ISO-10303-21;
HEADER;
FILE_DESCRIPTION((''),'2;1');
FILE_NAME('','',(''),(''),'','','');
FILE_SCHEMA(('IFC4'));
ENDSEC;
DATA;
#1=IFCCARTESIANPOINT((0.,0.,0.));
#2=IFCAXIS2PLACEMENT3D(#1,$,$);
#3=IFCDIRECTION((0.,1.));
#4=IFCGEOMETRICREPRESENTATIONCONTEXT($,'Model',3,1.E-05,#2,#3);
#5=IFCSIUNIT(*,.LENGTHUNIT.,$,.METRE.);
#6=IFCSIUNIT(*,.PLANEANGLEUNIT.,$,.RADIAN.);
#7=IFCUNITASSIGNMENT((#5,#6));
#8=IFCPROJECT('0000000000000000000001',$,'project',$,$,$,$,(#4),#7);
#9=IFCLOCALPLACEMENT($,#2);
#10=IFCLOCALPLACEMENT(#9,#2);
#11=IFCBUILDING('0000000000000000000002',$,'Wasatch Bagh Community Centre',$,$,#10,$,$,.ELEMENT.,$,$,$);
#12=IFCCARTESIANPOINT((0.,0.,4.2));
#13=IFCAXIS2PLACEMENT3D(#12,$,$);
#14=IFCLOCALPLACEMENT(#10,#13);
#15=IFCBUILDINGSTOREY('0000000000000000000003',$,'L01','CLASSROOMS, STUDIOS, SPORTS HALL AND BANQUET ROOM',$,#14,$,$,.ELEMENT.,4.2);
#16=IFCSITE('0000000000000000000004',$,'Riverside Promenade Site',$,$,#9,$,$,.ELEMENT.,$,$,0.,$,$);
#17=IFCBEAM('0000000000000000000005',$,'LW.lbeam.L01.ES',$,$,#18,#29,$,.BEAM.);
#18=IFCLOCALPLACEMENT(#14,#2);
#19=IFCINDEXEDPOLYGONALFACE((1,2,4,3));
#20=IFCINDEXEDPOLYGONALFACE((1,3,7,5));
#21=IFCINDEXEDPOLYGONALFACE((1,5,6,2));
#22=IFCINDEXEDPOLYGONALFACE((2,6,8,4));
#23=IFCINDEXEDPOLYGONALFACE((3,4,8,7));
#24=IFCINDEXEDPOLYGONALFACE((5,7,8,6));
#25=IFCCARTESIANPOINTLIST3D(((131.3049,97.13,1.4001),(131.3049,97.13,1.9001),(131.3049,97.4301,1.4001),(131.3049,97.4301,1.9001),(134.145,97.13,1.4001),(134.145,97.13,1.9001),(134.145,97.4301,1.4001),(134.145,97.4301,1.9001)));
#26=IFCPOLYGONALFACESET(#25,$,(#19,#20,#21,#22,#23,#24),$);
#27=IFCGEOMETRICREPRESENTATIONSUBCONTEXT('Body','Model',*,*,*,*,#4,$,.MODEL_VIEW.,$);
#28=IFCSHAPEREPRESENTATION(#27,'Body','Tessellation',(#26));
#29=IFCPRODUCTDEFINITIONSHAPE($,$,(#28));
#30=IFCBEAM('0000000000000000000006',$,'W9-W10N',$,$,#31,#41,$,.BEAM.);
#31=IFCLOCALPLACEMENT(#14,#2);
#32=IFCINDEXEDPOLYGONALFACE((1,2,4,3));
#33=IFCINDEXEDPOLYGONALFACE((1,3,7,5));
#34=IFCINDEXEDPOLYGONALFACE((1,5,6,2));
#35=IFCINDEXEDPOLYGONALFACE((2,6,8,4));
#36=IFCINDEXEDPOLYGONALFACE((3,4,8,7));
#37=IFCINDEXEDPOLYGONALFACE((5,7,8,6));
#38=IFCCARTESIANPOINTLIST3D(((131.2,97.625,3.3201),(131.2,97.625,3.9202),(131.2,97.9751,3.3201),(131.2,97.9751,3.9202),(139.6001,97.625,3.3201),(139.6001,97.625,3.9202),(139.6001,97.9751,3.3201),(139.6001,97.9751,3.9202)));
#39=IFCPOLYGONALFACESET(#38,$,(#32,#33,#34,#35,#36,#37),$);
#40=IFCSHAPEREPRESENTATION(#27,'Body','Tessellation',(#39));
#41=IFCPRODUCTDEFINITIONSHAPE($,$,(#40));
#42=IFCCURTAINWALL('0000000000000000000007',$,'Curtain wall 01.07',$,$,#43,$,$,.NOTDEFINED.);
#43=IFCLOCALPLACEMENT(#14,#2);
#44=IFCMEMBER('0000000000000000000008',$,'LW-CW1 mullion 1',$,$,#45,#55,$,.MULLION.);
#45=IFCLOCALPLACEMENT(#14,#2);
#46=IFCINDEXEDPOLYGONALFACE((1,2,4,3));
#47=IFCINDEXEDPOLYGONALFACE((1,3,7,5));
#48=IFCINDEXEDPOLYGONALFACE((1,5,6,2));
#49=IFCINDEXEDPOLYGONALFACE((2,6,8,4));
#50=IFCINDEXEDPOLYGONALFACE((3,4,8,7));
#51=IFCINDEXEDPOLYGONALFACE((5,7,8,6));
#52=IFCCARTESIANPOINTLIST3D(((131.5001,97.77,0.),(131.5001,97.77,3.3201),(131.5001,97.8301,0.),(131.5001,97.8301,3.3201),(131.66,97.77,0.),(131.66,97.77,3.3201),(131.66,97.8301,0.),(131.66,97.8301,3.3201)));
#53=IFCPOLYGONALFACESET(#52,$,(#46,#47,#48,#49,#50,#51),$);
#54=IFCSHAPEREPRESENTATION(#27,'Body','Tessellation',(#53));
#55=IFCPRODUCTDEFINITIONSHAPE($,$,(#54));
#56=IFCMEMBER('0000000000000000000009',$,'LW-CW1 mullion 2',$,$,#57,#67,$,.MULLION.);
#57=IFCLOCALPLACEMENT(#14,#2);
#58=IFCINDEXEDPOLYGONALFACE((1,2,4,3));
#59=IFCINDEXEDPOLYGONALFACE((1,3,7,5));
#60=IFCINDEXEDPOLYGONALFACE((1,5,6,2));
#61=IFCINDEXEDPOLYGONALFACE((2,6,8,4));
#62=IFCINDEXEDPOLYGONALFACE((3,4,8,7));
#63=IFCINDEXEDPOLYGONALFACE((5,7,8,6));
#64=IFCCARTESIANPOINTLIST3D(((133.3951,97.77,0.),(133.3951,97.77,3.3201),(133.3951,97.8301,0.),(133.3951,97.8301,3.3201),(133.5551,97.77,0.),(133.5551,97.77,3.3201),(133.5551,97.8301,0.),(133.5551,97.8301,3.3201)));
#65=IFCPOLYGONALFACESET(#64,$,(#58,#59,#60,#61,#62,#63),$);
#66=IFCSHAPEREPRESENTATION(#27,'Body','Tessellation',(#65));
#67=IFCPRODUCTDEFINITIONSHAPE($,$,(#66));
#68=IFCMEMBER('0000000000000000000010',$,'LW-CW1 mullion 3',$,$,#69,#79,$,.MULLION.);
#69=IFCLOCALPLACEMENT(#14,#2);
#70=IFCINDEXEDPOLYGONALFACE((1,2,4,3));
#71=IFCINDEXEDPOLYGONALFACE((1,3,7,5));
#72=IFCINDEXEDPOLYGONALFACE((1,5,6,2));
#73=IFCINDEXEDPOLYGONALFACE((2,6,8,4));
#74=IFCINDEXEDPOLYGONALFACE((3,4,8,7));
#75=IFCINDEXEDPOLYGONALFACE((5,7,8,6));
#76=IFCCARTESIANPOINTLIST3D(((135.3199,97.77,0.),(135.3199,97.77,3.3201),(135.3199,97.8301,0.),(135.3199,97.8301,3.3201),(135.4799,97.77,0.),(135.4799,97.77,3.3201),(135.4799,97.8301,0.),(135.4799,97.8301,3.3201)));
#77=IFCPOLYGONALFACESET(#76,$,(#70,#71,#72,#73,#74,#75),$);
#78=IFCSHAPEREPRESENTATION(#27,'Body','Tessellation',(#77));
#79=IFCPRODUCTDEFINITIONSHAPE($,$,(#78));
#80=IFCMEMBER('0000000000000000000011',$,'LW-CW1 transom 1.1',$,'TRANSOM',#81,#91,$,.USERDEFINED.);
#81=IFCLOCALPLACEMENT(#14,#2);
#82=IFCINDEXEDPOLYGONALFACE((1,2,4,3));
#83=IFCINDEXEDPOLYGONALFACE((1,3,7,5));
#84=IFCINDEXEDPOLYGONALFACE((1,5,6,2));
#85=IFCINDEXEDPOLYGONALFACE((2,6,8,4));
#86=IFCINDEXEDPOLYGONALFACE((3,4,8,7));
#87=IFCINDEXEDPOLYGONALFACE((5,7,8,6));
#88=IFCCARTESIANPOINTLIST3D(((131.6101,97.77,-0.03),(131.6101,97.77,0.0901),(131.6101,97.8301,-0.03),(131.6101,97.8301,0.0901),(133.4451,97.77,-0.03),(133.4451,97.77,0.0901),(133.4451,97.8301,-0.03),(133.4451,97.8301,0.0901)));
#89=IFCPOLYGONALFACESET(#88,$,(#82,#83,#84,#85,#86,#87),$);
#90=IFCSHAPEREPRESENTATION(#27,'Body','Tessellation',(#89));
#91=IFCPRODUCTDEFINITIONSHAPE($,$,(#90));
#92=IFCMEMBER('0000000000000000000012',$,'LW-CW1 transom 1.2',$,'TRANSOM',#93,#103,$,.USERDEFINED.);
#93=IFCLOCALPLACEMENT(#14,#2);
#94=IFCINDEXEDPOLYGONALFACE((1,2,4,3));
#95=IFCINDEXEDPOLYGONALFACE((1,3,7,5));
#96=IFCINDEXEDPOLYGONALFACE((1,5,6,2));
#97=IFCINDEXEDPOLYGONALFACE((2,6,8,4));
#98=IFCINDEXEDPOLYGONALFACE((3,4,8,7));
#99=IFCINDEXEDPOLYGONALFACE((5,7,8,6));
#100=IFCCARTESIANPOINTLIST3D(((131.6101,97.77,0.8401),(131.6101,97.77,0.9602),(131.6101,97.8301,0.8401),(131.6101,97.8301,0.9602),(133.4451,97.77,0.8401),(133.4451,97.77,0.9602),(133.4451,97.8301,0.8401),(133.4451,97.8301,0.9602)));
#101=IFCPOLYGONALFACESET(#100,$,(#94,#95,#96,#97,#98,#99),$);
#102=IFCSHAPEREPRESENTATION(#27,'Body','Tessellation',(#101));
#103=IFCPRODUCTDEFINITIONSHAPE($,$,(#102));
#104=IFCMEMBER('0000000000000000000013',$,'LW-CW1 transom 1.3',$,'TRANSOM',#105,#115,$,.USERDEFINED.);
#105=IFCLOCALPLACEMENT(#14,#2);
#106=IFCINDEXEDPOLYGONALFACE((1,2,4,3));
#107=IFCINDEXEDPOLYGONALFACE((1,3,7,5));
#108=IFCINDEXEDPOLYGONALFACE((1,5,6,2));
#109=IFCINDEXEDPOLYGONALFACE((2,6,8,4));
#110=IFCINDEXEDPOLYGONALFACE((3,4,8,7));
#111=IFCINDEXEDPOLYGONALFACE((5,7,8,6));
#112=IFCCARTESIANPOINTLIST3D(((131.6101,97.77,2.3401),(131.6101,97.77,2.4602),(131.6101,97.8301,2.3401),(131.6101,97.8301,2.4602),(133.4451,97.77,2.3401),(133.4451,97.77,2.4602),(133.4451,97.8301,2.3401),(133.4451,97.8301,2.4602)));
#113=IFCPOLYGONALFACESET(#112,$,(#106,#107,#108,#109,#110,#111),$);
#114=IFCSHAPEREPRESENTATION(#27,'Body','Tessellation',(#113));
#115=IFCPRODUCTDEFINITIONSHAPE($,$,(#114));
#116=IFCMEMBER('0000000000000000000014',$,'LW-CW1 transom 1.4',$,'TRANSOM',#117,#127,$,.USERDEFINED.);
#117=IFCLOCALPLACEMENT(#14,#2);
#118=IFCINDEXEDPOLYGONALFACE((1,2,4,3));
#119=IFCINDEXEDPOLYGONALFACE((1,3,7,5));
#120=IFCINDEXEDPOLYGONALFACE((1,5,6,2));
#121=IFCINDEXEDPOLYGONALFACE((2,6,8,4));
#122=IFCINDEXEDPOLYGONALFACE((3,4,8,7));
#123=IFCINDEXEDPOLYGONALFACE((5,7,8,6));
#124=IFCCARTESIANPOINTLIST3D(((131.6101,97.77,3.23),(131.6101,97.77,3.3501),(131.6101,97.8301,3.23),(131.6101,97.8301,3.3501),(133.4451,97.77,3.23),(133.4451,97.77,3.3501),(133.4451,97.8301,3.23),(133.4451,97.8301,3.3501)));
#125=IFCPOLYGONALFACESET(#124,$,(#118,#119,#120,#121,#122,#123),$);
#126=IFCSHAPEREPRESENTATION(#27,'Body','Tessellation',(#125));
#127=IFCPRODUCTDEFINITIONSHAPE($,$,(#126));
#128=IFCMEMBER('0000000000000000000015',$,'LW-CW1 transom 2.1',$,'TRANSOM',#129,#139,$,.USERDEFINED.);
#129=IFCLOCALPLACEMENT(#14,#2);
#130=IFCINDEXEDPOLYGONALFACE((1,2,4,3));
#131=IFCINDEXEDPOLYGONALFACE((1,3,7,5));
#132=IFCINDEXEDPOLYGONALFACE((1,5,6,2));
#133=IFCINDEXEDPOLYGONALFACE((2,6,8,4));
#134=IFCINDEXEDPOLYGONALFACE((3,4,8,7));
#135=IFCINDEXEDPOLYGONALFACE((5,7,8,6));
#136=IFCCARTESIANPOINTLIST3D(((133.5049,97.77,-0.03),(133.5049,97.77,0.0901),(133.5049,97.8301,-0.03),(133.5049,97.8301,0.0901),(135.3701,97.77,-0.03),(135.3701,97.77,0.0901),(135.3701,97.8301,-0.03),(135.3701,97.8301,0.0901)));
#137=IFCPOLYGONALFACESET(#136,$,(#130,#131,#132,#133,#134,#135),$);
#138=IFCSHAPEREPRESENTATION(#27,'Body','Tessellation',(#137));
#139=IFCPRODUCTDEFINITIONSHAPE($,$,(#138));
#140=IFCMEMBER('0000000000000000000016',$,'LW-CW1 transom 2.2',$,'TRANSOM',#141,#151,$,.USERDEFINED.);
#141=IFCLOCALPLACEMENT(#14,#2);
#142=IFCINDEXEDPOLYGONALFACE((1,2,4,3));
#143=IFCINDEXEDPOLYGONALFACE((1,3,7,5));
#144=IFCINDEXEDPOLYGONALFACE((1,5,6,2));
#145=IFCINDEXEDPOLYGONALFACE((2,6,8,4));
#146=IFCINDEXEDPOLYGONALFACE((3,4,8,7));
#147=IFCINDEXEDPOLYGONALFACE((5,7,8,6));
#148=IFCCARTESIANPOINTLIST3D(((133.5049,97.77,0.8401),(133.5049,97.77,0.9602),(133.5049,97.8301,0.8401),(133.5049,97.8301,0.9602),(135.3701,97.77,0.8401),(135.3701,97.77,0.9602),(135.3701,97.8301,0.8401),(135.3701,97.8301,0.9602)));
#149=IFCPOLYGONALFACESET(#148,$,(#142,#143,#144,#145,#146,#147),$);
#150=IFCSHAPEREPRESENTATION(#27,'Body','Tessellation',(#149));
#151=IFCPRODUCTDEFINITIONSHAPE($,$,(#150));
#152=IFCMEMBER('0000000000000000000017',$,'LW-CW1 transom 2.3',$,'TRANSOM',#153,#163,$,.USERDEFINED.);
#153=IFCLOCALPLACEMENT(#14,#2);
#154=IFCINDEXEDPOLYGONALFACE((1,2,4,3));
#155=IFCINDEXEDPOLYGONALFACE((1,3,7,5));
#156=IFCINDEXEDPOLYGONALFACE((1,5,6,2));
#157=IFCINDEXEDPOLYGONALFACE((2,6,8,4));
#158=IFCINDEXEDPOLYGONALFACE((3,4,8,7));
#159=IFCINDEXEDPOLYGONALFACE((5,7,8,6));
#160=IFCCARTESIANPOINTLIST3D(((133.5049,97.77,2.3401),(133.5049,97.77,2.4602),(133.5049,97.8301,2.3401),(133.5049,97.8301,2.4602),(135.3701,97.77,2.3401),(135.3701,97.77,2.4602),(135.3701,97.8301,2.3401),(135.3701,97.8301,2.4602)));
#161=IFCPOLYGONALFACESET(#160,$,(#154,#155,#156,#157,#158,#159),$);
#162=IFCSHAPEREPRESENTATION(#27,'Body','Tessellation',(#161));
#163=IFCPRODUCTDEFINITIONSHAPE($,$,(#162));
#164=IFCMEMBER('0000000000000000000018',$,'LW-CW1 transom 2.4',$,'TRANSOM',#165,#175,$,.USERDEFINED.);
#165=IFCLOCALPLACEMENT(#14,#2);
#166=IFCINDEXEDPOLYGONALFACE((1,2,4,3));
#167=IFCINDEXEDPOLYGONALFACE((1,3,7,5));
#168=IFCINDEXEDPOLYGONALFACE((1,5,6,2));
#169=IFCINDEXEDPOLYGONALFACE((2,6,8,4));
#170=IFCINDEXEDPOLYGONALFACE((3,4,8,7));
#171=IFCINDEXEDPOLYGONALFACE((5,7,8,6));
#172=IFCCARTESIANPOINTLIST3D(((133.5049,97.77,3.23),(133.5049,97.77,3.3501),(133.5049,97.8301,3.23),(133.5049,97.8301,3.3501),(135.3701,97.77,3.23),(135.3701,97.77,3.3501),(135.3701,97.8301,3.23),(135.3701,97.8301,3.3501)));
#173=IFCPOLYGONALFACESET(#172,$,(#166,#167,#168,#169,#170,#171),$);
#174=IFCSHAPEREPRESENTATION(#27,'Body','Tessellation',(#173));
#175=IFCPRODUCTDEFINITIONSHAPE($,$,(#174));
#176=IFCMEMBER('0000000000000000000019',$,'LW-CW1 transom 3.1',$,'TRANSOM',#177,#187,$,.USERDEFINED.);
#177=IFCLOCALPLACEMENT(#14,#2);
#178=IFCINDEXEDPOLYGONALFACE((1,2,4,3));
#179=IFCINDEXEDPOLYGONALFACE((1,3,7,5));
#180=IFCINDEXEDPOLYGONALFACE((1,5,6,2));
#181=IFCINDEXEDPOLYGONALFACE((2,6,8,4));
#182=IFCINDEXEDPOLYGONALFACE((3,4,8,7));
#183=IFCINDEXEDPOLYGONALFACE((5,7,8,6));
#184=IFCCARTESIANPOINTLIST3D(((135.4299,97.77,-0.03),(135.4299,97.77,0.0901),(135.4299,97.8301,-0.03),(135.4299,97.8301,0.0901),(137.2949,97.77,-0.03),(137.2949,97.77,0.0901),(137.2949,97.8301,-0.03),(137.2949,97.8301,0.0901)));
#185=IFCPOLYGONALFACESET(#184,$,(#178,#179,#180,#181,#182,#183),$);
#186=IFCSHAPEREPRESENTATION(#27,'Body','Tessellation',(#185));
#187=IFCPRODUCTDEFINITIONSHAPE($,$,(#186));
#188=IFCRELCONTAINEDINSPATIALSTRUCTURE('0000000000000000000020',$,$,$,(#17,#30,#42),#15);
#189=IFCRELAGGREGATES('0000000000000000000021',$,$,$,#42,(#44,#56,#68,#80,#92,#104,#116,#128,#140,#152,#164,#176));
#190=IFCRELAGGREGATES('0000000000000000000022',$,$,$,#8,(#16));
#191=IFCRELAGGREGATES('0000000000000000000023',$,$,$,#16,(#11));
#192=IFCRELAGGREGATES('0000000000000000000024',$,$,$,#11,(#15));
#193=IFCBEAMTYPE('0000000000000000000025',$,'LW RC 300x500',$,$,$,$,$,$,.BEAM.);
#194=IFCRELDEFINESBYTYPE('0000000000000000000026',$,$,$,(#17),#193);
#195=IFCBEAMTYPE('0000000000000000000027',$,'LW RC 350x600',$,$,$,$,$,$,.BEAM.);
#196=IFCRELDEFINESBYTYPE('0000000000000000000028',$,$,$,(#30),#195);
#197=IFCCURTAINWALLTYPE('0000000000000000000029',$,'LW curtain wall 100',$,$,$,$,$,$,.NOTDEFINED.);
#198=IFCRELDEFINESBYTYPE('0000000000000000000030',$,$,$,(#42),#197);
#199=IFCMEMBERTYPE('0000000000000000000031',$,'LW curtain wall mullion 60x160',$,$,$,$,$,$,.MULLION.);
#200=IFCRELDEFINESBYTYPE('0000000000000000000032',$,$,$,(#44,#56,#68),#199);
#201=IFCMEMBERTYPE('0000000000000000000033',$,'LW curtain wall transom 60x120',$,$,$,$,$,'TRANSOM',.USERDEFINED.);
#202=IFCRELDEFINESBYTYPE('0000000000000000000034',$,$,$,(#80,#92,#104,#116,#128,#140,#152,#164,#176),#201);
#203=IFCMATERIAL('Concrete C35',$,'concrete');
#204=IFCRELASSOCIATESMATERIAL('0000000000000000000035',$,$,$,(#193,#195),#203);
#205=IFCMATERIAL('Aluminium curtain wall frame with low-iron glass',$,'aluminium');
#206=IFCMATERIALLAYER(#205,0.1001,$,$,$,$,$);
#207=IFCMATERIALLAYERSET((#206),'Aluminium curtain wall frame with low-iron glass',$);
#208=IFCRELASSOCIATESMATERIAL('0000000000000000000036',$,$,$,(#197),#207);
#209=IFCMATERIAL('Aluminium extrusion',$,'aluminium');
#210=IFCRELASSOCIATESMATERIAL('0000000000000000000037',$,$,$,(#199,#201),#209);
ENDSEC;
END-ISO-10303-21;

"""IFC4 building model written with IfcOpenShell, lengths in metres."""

from ifc_helpers import new_model, si_unit, direction, frame, origin, origin_2d, place, context, subcontext, project, spatial, rectangle, extrude, material, layer, layer_set, material_profile, profile_set, type_object, element, aggregate, save


model = new_model("IFC4")

# Units and contexts
model_context = context("Model", 3, precision=1e-05, world=origin(), true_north=direction((0.0, 1.0)))
body_context = subcontext(model_context, "Body", "Model", "MODEL_VIEW")
ifc_project = project(units=[si_unit("LENGTHUNIT", "METRE"), si_unit("PLANEANGLEUNIT", "RADIAN")], contexts=[model_context])

# Site, building, storey
site_placement = place(None, origin())
site = spatial("IfcSite", under=ifc_project, at=site_placement, Name="Riverside Promenade Site", CompositionType="ELEMENT", RefElevation=0.0)
building_placement = place(site_placement, origin())
building = spatial("IfcBuilding", under=site, at=building_placement, Name="Wasatch Bagh Community Centre", CompositionType="ELEMENT")
storey_placement = place(building_placement, frame((0.0, 0.0, 4.2)))
storey = spatial("IfcBuildingStorey", under=building, at=storey_placement, Name="L01", Description="CLASSROOMS, STUDIOS, SPORTS HALL AND BANQUET ROOM", CompositionType="ELEMENT", Elevation=4.2)

# Beams
ifc_material_1 = material(Name="Concrete C35", Category="concrete")
ifc_material_profile_1 = material_profile(ifc_material_1, rectangle(XDim=0.3, YDim=0.5, at=origin_2d()), Name="RC 300x500")
ifc_profile_set_1 = profile_set([ifc_material_profile_1], Name="Concrete C35")
beam_type_1 = type_object("IfcBeamType", Name="LW RC 300x500", PredefinedType="BEAM", material=ifc_profile_set_1)
beam_1_placement = place(storey_placement, frame((131.3049, 97.28, 1.6501), z_axis=(1.0, 0.0, 0.0), x_axis=(0.0, 1.0, 0.0)))
element("IfcBeam", 1, at=beam_1_placement, inside=storey, type_object=beam_type_1, Name="LW.lbeam.L01.ES", PredefinedType="BEAM", context=body_context, shape_type="SweptSolid", body=[
    extrude(rectangle(XDim=0.3, YDim=0.5, at=origin_2d()), origin(), (0.0, 0.0, 1.0), 2.8401),
])
ifc_material_profile_2 = material_profile(ifc_material_1, rectangle(XDim=0.3501, YDim=0.6001, at=origin_2d()), Name="RC 350x600")
ifc_profile_set_2 = profile_set([ifc_material_profile_2], Name="Concrete C35")
beam_type_2 = type_object("IfcBeamType", Name="LW RC 350x600", PredefinedType="BEAM", material=ifc_profile_set_2)
beam_2_placement = place(storey_placement, frame((131.2, 97.8, 3.6201), z_axis=(1.0, 0.0, 0.0), x_axis=(0.0, 1.0, 0.0)))
element("IfcBeam", 2, at=beam_2_placement, inside=storey, type_object=beam_type_2, Name="W9-W10N", PredefinedType="BEAM", context=body_context, shape_type="SweptSolid", body=[
    extrude(rectangle(XDim=0.3501, YDim=0.6001, at=origin_2d()), origin(), (0.0, 0.0, 1.0), 8.4001),
])

# Curtain wall, members
ifc_material_2 = material(Name="Aluminium curtain wall frame with low-iron glass", Category="aluminium")
ifc_layer_1 = layer(ifc_material_2, 0.1001)
ifc_layer_set_1 = layer_set([ifc_layer_1], Name="Aluminium curtain wall frame with low-iron glass")
curtain_wall_type = type_object("IfcCurtainWallType", Name="LW curtain wall 100", PredefinedType="NOTDEFINED", material=ifc_layer_set_1)
curtain_wall_placement = place(storey_placement, origin())
curtain_wall = element("IfcCurtainWall", 3, at=curtain_wall_placement, inside=storey, type_object=curtain_wall_type, Name="Curtain wall 01.07", PredefinedType="NOTDEFINED")
ifc_material_3 = material(Name="Aluminium extrusion", Category="aluminium")
ifc_material_profile_3 = material_profile(ifc_material_3, rectangle(XDim=0.0601, YDim=0.1599, at=origin_2d()), Name="AL 60x160")
ifc_profile_set_3 = profile_set([ifc_material_profile_3], Name="Aluminium extrusion")
member_type_1 = type_object("IfcMemberType", Name="LW curtain wall mullion 60x160", PredefinedType="MULLION", material=ifc_profile_set_3)
member_1_placement = place(storey_placement, frame((131.5801, 97.8, 0.0), z_axis=(0.0, 0.0, 1.0), x_axis=(0.0, 1.0, 0.0)))
member_1 = element("IfcMember", 4, at=member_1_placement, type_object=member_type_1, Name="LW-CW1 mullion 1", PredefinedType="MULLION", context=body_context, shape_type="SweptSolid", body=[
    extrude(rectangle(XDim=0.0601, YDim=0.1599, at=origin_2d()), origin(), (0.0, 0.0, 1.0), 3.3201),
])
member_2_placement = place(storey_placement, frame((133.4751, 97.8, 0.0), z_axis=(0.0, 0.0, 1.0), x_axis=(0.0, 1.0, 0.0)))
member_2 = element("IfcMember", 5, at=member_2_placement, type_object=member_type_1, Name="LW-CW1 mullion 2", PredefinedType="MULLION", context=body_context, shape_type="SweptSolid", body=[
    extrude(rectangle(XDim=0.0601, YDim=0.1599, at=origin_2d()), origin(), (0.0, 0.0, 1.0), 3.3201),
])
member_3_placement = place(storey_placement, frame((135.3999, 97.8, 0.0), z_axis=(0.0, 0.0, 1.0), x_axis=(0.0, 1.0, 0.0)))
member_3 = element("IfcMember", 6, at=member_3_placement, type_object=member_type_1, Name="LW-CW1 mullion 3", PredefinedType="MULLION", context=body_context, shape_type="SweptSolid", body=[
    extrude(rectangle(XDim=0.0601, YDim=0.1599, at=origin_2d()), origin(), (0.0, 0.0, 1.0), 3.3201),
])
ifc_material_profile_4 = material_profile(ifc_material_3, rectangle(XDim=0.0601, YDim=0.1201, at=origin_2d()), Name="AL 60x120")
ifc_profile_set_4 = profile_set([ifc_material_profile_4], Name="Aluminium extrusion")
member_type_2 = type_object("IfcMemberType", Name="LW curtain wall transom 60x120", ElementType="TRANSOM", PredefinedType="USERDEFINED", material=ifc_profile_set_4)
member_4_placement = place(storey_placement, frame((131.6101, 97.8, 0.03), z_axis=(1.0, 0.0, 0.0), x_axis=(0.0, 1.0, 0.0)))
member_4 = element("IfcMember", 7, at=member_4_placement, type_object=member_type_2, Name="LW-CW1 transom 1.1", ObjectType="TRANSOM", PredefinedType="USERDEFINED", context=body_context, shape_type="SweptSolid", body=[
    extrude(rectangle(XDim=0.0601, YDim=0.1201, at=origin_2d()), origin(), (0.0, 0.0, 1.0), 1.835),
])
member_5_placement = place(storey_placement, frame((131.6101, 97.8, 0.9001), z_axis=(1.0, 0.0, 0.0), x_axis=(0.0, 1.0, 0.0)))
member_5 = element("IfcMember", 8, at=member_5_placement, type_object=member_type_2, Name="LW-CW1 transom 1.2", ObjectType="TRANSOM", PredefinedType="USERDEFINED", context=body_context, shape_type="SweptSolid", body=[
    extrude(rectangle(XDim=0.0601, YDim=0.1201, at=origin_2d()), origin(), (0.0, 0.0, 1.0), 1.835),
])
member_6_placement = place(storey_placement, frame((131.6101, 97.8, 2.4001), z_axis=(1.0, 0.0, 0.0), x_axis=(0.0, 1.0, 0.0)))
member_6 = element("IfcMember", 9, at=member_6_placement, type_object=member_type_2, Name="LW-CW1 transom 1.3", ObjectType="TRANSOM", PredefinedType="USERDEFINED", context=body_context, shape_type="SweptSolid", body=[
    extrude(rectangle(XDim=0.0601, YDim=0.1201, at=origin_2d()), origin(), (0.0, 0.0, 1.0), 1.835),
])
member_7_placement = place(storey_placement, frame((131.6101, 97.8, 3.29), z_axis=(1.0, 0.0, 0.0), x_axis=(0.0, 1.0, 0.0)))
member_7 = element("IfcMember", 10, at=member_7_placement, type_object=member_type_2, Name="LW-CW1 transom 1.4", ObjectType="TRANSOM", PredefinedType="USERDEFINED", context=body_context, shape_type="SweptSolid", body=[
    extrude(rectangle(XDim=0.0601, YDim=0.1201, at=origin_2d()), origin(), (0.0, 0.0, 1.0), 1.835),
])
member_8_placement = place(storey_placement, frame((133.5049, 97.8, 0.03), z_axis=(1.0, 0.0, 0.0), x_axis=(0.0, 1.0, 0.0)))
member_8 = element("IfcMember", 11, at=member_8_placement, type_object=member_type_2, Name="LW-CW1 transom 2.1", ObjectType="TRANSOM", PredefinedType="USERDEFINED", context=body_context, shape_type="SweptSolid", body=[
    extrude(rectangle(XDim=0.0601, YDim=0.1201, at=origin_2d()), origin(), (0.0, 0.0, 1.0), 1.8652),
])
member_9_placement = place(storey_placement, frame((133.5049, 97.8, 0.9001), z_axis=(1.0, 0.0, 0.0), x_axis=(0.0, 1.0, 0.0)))
member_9 = element("IfcMember", 12, at=member_9_placement, type_object=member_type_2, Name="LW-CW1 transom 2.2", ObjectType="TRANSOM", PredefinedType="USERDEFINED", context=body_context, shape_type="SweptSolid", body=[
    extrude(rectangle(XDim=0.0601, YDim=0.1201, at=origin_2d()), origin(), (0.0, 0.0, 1.0), 1.8652),
])
member_10_placement = place(storey_placement, frame((133.5049, 97.8, 2.4001), z_axis=(1.0, 0.0, 0.0), x_axis=(0.0, 1.0, 0.0)))
member_10 = element("IfcMember", 13, at=member_10_placement, type_object=member_type_2, Name="LW-CW1 transom 2.3", ObjectType="TRANSOM", PredefinedType="USERDEFINED", context=body_context, shape_type="SweptSolid", body=[
    extrude(rectangle(XDim=0.0601, YDim=0.1201, at=origin_2d()), origin(), (0.0, 0.0, 1.0), 1.8652),
])
member_11_placement = place(storey_placement, frame((133.5049, 97.8, 3.29), z_axis=(1.0, 0.0, 0.0), x_axis=(0.0, 1.0, 0.0)))
member_11 = element("IfcMember", 14, at=member_11_placement, type_object=member_type_2, Name="LW-CW1 transom 2.4", ObjectType="TRANSOM", PredefinedType="USERDEFINED", context=body_context, shape_type="SweptSolid", body=[
    extrude(rectangle(XDim=0.0601, YDim=0.1201, at=origin_2d()), origin(), (0.0, 0.0, 1.0), 1.8652),
])
member_12_placement = place(storey_placement, frame((135.4299, 97.8, 0.03), z_axis=(1.0, 0.0, 0.0), x_axis=(0.0, 1.0, 0.0)))
member_12 = element("IfcMember", 15, at=member_12_placement, type_object=member_type_2, Name="LW-CW1 transom 3.1", ObjectType="TRANSOM", PredefinedType="USERDEFINED", context=body_context, shape_type="SweptSolid", body=[
    extrude(rectangle(XDim=0.0601, YDim=0.1201, at=origin_2d()), origin(), (0.0, 0.0, 1.0), 1.865),
])
aggregate(curtain_wall, [member_1, member_2, member_3, member_4, member_5, member_6, member_7, member_8, member_9, member_10, member_11, member_12])

save(model, "model.ifc")
